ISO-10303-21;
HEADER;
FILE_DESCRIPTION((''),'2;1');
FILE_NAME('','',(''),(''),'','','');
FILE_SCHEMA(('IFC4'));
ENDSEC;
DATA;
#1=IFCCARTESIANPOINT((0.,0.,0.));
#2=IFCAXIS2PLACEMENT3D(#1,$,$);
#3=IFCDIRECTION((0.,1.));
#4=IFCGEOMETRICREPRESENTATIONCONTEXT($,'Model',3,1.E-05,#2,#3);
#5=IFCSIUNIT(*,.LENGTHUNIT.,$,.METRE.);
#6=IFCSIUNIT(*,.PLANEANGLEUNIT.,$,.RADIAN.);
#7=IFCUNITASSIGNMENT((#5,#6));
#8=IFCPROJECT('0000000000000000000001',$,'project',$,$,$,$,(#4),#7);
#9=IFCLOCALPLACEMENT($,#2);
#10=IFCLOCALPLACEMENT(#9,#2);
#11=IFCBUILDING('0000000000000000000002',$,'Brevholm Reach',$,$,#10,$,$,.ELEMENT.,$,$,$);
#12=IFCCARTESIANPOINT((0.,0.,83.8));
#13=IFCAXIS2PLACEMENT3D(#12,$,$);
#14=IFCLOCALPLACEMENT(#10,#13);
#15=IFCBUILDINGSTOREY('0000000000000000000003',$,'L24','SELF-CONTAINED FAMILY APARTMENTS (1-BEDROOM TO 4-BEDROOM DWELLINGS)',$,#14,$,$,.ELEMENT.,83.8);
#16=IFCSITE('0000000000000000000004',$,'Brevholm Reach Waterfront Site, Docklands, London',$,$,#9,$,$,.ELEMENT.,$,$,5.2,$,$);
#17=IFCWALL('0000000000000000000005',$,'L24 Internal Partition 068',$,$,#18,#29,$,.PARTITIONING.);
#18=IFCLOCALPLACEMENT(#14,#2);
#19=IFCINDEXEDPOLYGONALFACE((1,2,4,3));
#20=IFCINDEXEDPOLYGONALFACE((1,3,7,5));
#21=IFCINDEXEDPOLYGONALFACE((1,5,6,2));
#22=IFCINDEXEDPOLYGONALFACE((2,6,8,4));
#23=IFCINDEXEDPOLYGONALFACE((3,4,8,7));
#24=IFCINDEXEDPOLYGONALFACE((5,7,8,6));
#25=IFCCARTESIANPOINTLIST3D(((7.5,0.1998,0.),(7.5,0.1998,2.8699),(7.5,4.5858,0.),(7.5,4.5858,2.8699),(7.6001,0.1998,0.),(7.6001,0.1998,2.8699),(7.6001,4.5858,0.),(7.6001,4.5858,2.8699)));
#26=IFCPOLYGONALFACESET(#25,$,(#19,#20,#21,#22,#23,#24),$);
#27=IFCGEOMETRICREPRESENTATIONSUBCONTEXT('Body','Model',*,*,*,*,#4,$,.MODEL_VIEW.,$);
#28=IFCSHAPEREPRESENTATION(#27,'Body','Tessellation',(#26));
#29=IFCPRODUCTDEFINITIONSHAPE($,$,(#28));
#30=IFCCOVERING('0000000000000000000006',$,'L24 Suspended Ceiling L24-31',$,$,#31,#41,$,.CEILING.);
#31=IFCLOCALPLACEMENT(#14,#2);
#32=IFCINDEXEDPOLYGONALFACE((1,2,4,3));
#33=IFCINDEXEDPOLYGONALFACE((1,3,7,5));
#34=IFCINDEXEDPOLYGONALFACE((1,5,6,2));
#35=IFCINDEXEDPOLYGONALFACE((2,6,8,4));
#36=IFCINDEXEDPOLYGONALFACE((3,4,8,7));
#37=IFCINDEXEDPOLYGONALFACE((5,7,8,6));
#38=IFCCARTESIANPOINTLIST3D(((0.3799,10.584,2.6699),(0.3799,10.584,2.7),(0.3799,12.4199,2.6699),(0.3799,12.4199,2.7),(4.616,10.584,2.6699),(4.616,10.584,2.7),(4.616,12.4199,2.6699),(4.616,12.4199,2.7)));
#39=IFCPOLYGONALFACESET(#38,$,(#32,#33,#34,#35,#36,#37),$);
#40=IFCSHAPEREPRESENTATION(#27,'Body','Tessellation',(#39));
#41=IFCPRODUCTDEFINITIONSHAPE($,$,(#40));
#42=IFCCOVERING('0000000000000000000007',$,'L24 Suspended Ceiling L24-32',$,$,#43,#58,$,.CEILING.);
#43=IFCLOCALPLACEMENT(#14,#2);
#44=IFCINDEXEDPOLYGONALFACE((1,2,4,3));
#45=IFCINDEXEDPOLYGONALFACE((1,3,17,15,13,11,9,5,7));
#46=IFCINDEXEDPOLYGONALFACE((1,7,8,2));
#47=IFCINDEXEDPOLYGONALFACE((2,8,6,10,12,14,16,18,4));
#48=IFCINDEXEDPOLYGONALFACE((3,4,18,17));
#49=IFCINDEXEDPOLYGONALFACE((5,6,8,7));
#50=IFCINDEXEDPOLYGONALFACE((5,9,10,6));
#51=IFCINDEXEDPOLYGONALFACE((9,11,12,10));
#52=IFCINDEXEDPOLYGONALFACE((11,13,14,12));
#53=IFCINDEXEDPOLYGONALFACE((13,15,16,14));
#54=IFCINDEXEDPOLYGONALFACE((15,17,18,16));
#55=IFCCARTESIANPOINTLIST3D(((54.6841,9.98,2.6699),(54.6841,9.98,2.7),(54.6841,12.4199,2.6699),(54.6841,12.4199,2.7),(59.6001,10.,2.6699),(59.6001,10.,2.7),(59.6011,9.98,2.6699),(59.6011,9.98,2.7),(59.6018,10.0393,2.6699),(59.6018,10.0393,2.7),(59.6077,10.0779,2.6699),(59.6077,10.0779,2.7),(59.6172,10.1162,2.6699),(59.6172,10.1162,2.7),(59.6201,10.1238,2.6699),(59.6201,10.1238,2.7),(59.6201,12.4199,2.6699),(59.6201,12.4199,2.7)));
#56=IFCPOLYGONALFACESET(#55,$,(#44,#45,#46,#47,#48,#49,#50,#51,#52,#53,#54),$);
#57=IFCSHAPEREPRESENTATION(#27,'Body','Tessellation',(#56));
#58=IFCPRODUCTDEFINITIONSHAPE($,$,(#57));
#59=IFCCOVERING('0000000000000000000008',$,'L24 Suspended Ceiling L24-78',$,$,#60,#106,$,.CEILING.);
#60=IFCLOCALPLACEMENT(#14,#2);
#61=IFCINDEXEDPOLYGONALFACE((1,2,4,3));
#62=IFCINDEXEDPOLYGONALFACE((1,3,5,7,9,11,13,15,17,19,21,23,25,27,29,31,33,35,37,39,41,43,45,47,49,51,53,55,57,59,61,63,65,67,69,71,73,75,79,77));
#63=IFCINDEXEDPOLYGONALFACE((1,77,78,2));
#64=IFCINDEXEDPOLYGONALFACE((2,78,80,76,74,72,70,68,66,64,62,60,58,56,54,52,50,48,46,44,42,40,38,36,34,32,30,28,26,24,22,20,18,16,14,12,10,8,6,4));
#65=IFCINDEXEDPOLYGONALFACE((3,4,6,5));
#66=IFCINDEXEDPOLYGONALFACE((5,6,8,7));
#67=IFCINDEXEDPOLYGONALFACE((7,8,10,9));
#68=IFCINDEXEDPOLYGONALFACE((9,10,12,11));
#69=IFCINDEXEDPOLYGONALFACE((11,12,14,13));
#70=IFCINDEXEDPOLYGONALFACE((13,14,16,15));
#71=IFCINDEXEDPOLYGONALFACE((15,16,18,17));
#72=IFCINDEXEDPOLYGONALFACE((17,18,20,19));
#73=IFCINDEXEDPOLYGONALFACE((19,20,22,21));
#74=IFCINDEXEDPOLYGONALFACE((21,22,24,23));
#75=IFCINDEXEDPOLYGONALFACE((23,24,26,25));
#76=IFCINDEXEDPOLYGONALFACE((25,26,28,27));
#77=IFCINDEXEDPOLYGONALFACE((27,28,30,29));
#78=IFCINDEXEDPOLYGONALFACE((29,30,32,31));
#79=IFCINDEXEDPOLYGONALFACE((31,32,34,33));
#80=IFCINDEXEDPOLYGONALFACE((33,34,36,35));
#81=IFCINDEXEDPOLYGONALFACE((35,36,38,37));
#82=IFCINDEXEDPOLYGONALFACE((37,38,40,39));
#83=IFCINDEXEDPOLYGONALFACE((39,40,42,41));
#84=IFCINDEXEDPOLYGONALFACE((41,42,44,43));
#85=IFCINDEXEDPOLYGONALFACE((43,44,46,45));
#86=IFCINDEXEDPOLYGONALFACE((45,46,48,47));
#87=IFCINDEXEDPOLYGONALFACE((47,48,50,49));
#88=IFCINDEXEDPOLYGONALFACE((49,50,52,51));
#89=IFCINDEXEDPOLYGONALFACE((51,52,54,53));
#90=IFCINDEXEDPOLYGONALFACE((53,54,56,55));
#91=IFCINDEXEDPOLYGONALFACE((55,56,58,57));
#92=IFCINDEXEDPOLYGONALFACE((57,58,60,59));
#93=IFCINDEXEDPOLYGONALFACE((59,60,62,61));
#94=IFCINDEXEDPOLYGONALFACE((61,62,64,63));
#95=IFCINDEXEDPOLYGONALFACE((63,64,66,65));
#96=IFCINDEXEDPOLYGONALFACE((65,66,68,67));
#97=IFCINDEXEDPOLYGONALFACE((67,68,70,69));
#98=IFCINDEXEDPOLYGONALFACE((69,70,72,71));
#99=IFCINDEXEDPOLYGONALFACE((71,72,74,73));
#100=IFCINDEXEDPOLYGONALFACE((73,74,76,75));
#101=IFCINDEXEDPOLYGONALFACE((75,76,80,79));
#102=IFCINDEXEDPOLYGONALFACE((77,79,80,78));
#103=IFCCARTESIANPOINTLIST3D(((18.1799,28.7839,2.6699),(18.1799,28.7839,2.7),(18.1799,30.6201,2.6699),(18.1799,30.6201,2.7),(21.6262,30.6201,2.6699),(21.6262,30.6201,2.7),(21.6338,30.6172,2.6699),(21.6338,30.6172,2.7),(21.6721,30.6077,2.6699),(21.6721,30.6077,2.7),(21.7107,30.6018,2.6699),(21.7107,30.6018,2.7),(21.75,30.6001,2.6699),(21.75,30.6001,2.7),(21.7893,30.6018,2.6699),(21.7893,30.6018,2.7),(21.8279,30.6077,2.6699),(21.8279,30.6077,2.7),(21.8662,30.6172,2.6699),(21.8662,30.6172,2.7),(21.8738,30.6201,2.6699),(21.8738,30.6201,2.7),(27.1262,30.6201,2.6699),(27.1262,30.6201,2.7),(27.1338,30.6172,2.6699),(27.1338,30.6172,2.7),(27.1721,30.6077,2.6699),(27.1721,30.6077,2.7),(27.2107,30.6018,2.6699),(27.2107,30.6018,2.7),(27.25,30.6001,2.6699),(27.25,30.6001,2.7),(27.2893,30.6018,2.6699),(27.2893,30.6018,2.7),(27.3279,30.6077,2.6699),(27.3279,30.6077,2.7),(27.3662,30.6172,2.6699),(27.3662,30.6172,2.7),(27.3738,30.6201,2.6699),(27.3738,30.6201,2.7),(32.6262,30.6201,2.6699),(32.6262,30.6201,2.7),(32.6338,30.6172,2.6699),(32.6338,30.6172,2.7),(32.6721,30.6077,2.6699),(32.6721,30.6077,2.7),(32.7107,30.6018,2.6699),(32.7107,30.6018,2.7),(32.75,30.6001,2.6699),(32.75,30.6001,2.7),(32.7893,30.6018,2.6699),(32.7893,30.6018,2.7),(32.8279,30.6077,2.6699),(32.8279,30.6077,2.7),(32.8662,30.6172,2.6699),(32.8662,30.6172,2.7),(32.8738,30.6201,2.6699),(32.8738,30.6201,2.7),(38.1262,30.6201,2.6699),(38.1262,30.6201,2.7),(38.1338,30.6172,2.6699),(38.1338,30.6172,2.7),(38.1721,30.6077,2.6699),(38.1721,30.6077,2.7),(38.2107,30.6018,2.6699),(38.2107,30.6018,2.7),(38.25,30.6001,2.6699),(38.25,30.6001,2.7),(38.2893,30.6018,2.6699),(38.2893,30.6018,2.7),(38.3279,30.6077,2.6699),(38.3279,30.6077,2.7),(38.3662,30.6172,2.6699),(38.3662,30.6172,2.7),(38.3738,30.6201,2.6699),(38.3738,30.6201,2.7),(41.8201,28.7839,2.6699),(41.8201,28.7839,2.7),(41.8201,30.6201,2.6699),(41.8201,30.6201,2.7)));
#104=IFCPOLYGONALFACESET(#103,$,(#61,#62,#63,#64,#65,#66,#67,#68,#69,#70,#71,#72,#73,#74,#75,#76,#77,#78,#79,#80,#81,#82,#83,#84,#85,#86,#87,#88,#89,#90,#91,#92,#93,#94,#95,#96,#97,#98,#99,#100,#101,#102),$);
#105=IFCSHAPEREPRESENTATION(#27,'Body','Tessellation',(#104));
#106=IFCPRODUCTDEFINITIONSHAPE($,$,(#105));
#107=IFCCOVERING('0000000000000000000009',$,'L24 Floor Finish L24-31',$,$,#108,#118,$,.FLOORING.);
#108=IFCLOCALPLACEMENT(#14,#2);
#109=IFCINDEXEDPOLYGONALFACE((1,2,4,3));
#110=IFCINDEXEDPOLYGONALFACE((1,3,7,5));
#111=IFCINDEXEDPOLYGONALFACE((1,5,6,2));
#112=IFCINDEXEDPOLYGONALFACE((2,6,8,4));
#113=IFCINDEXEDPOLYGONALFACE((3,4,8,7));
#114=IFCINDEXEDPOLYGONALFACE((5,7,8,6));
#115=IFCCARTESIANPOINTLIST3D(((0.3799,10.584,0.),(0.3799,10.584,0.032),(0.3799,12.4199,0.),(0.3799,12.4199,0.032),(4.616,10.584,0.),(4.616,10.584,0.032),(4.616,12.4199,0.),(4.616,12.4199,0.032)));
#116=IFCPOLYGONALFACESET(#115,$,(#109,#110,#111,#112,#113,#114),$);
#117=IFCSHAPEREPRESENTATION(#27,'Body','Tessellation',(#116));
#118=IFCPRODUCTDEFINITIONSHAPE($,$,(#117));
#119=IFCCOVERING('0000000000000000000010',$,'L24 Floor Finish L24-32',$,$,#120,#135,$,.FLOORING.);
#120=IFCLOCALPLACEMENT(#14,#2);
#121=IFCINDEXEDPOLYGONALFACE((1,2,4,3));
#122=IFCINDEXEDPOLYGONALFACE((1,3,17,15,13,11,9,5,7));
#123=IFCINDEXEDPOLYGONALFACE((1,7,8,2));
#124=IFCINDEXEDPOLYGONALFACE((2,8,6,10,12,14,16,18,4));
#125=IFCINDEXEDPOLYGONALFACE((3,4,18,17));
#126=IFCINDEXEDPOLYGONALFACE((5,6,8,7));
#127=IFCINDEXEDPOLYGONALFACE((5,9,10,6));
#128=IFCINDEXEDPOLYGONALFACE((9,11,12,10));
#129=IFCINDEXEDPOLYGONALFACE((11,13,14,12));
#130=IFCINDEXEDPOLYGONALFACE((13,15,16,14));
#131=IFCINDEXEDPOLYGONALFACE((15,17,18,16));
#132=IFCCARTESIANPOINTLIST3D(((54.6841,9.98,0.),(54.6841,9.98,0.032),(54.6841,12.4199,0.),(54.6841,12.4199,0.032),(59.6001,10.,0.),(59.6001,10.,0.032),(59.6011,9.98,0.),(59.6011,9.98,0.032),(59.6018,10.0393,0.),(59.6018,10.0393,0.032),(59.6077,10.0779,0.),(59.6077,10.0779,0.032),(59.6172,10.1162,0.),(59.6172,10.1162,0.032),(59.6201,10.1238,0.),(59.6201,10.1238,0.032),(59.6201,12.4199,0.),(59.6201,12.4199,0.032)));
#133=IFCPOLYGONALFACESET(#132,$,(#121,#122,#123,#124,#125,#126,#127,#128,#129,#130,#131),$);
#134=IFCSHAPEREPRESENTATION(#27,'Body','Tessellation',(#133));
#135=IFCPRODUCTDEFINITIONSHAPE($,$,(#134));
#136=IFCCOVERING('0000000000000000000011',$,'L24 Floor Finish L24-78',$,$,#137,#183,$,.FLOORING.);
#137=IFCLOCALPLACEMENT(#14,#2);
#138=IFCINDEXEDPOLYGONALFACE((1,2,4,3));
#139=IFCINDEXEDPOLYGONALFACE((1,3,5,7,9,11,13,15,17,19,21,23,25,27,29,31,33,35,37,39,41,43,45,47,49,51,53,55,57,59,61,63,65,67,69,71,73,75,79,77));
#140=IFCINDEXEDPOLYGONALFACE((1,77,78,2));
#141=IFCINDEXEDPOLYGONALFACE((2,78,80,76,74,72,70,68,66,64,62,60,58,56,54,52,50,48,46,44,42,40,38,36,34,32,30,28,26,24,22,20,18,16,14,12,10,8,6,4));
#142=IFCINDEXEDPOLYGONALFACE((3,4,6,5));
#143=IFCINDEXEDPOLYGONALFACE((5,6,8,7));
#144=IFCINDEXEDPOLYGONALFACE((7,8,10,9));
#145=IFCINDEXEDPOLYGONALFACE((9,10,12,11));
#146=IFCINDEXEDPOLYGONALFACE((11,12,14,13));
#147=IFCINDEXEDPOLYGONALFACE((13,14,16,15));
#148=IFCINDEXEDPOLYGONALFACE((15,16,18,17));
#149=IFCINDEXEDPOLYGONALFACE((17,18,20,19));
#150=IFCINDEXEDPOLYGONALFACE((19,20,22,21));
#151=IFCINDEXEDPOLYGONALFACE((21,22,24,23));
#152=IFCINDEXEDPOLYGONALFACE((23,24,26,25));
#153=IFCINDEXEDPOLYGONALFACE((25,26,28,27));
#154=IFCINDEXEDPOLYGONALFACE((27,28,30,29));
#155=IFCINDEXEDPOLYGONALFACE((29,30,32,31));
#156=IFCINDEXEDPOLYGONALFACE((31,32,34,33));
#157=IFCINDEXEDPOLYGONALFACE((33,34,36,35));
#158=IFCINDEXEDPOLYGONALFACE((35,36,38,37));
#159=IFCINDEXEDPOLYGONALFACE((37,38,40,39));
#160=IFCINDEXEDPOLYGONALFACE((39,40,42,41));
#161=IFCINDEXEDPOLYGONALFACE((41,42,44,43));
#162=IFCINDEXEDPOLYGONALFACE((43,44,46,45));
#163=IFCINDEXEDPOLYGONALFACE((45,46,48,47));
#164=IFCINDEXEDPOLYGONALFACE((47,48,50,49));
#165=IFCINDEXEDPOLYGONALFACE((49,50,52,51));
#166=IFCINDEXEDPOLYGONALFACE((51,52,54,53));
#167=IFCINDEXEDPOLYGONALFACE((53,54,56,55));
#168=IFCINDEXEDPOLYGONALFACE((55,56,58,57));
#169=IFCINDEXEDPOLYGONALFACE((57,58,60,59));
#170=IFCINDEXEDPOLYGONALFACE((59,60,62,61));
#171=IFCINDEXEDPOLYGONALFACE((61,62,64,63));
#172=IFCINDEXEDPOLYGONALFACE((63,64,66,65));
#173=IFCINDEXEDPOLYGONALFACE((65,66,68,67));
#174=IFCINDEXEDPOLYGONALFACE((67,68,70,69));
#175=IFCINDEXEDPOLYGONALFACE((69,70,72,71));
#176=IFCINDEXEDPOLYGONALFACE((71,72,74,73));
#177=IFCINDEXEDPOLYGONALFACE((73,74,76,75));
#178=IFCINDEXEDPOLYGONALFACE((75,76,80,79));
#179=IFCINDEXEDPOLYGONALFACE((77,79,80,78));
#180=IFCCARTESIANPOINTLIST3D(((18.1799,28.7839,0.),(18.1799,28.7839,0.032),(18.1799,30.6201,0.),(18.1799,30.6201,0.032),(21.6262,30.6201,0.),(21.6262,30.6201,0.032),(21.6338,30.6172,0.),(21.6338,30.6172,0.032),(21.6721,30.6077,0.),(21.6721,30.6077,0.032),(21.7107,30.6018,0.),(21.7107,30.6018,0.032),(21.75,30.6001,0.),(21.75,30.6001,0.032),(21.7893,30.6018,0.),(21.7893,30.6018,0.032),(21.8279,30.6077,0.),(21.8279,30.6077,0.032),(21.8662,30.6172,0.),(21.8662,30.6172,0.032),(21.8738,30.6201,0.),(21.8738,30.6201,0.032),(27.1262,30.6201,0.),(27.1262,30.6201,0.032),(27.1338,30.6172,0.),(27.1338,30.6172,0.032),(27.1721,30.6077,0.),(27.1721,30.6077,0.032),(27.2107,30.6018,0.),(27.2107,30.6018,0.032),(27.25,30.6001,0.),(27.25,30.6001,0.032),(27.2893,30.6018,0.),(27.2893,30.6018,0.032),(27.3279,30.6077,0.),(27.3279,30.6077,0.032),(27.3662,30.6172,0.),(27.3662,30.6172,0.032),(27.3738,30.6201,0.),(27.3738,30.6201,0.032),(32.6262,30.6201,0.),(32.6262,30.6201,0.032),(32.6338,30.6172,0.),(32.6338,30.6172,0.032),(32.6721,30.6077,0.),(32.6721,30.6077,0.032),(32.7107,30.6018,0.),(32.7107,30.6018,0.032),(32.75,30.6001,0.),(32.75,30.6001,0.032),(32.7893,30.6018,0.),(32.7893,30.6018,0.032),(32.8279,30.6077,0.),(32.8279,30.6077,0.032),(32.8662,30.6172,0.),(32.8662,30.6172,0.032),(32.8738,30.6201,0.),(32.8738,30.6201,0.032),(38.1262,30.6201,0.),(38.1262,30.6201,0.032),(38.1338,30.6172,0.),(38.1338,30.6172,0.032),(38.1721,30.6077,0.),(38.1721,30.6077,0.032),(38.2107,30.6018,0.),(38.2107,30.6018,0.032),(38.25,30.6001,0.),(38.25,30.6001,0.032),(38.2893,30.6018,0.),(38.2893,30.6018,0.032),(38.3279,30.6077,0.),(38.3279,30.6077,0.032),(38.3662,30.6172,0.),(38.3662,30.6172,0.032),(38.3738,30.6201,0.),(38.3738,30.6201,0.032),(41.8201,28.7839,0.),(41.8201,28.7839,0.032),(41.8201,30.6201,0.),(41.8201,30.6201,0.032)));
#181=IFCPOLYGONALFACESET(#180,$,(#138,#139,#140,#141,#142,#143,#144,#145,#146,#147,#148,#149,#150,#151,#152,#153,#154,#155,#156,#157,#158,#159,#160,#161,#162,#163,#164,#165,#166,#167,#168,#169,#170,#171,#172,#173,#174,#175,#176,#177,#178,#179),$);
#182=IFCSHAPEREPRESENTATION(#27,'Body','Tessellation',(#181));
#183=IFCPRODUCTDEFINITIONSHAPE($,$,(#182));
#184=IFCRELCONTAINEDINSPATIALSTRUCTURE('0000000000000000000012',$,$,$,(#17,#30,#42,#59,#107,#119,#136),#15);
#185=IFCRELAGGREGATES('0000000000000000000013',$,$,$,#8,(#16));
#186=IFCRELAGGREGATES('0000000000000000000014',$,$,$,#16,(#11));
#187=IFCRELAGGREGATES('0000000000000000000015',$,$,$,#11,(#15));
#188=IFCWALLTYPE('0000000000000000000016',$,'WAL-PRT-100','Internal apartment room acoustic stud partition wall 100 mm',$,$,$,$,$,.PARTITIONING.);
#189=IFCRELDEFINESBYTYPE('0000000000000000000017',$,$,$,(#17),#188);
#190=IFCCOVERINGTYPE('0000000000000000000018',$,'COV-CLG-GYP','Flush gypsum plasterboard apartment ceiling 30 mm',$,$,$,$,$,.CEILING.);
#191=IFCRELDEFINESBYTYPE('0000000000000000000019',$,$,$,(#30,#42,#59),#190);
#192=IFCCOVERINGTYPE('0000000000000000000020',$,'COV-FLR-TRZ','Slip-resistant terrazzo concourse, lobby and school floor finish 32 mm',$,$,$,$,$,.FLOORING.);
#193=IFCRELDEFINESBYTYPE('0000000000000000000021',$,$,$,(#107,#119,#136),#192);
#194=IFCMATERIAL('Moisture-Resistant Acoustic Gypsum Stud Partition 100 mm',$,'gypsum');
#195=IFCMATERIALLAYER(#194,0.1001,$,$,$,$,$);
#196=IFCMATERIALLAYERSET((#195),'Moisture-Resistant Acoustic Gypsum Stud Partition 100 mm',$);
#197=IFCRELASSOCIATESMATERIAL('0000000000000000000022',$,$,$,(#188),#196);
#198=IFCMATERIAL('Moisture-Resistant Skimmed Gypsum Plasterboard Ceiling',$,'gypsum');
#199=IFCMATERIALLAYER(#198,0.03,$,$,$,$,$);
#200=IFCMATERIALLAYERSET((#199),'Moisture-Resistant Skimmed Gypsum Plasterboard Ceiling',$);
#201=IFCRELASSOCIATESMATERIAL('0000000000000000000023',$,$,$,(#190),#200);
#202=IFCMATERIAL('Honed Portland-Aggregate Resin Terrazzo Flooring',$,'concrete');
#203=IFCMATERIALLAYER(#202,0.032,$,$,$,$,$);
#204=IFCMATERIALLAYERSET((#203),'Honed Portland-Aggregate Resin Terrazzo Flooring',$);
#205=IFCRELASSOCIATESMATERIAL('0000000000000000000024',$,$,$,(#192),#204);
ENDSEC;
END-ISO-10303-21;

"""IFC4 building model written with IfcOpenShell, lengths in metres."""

from ifc_helpers import new_model, si_unit, direction, frame, frame_2d, origin, place, context, subcontext, project, spatial, polyline, rectangle, outline, extrude, material, layer, layer_set, type_object, element, save


model = new_model("IFC4")

# Units and contexts
model_context = context("Model", 3, precision=1e-05, world=origin(), true_north=direction((0.0, 1.0)))
body_context = subcontext(model_context, "Body", "Model", "MODEL_VIEW")
ifc_project = project(units=[si_unit("LENGTHUNIT", "METRE"), si_unit("PLANEANGLEUNIT", "RADIAN")], contexts=[model_context])

# Site, building, storey
site_placement = place(None, origin())
site = spatial("IfcSite", under=ifc_project, at=site_placement, Name="Brevholm Reach Waterfront Site, Docklands, London", CompositionType="ELEMENT", RefElevation=5.2)
building_placement = place(site_placement, origin())
building = spatial("IfcBuilding", under=site, at=building_placement, Name="Brevholm Reach", CompositionType="ELEMENT")
storey_placement = place(building_placement, frame((0.0, 0.0, 83.8)))
storey = spatial("IfcBuildingStorey", under=building, at=storey_placement, Name="L24", Description="SELF-CONTAINED FAMILY APARTMENTS (1-BEDROOM TO 4-BEDROOM DWELLINGS)", CompositionType="ELEMENT", Elevation=83.8)

# Wall
ifc_material_1 = material(Name="Moisture-Resistant Acoustic Gypsum Stud Partition 100 mm", Category="gypsum")
ifc_layer_1 = layer(ifc_material_1, 0.1001)
ifc_layer_set_1 = layer_set([ifc_layer_1], Name="Moisture-Resistant Acoustic Gypsum Stud Partition 100 mm")
wall_type_1 = type_object("IfcWallType", Name="WAL-PRT-100", Description="Internal apartment room acoustic stud partition wall 100 mm", PredefinedType="PARTITIONING", material=ifc_layer_set_1)
for number, where, z_axis, x_axis, name in (
    (1, (7.55, 0.2, 0.0), (0.0, 0.0, 1.0), (0.0, 1.0, 0.0), "L24 Internal Partition 068"),
):
    element("IfcWall", number, at=place(storey_placement, frame(where, z_axis=z_axis, x_axis=x_axis)), inside=storey, type_object=wall_type_1, Name=name, PredefinedType="PARTITIONING", context=body_context, shape_type="SweptSolid", body=[
        extrude(rectangle(XDim=4.386, YDim=0.1001, at=frame_2d((2.1929, 0.0))), origin(), (0.0, 0.0, 1.0), 2.8699),
    ])

# Coverings
ifc_material_2 = material(Name="Moisture-Resistant Skimmed Gypsum Plasterboard Ceiling", Category="gypsum")
ifc_layer_2 = layer(ifc_material_2, 0.03)
ifc_layer_set_2 = layer_set([ifc_layer_2], Name="Moisture-Resistant Skimmed Gypsum Plasterboard Ceiling")
covering_type_1 = type_object("IfcCoveringType", Name="COV-CLG-GYP", Description="Flush gypsum plasterboard apartment ceiling 30 mm", PredefinedType="CEILING", material=ifc_layer_set_2)
covering_1_placement = place(storey_placement, frame((0.0, 0.0, 2.6699)))
element("IfcCovering", 2, at=covering_1_placement, inside=storey, type_object=covering_type_1, Name="L24 Suspended Ceiling L24-31", PredefinedType="CEILING", context=body_context, shape_type="SweptSolid", body=[
    extrude(outline(polyline([(0.3799, 12.4199), (4.616, 12.4199), (4.616, 10.584), (0.3799, 10.584), (0.3799, 12.4199)])), origin(), (0.0, 0.0, 1.0), 0.03),
])
covering_2_placement = place(storey_placement, frame((0.0, 0.0, 2.6699)))
element("IfcCovering", 3, at=covering_2_placement, inside=storey, type_object=covering_type_1, Name="L24 Suspended Ceiling L24-32", PredefinedType="CEILING", context=body_context, shape_type="SweptSolid", body=[
    extrude(outline(polyline([(59.6201, 12.4199), (59.6201, 10.1238), (59.6172, 10.1162), (59.6077, 10.0779), (59.6018, 10.0393), (59.6001, 10.0), (59.6011, 9.98), (54.6841, 9.98), (54.6841, 12.4199), (59.6201, 12.4199)])), origin(), (0.0, 0.0, 1.0), 0.03),
])
covering_3_placement = place(storey_placement, frame((0.0, 0.0, 2.6699)))
element("IfcCovering", 4, at=covering_3_placement, inside=storey, type_object=covering_type_1, Name="L24 Suspended Ceiling L24-78", PredefinedType="CEILING", context=body_context, shape_type="SweptSolid", body=[
    extrude(outline(polyline([(18.1799, 30.6201), (21.6262, 30.6201), (21.6338, 30.6172), (21.6721, 30.6077), (21.7107, 30.6018), (21.75, 30.6001), (21.7893, 30.6018), (21.8279, 30.6077), (21.8662, 30.6172), (21.8738, 30.6201), (27.1262, 30.6201), (27.1338, 30.6172), (27.1721, 30.6077), (27.2107, 30.6018), (27.25, 30.6001), (27.2893, 30.6018), (27.3279, 30.6077), (27.3662, 30.6172), (27.3738, 30.6201), (32.6262, 30.6201), (32.6338, 30.6172), (32.6721, 30.6077), (32.7107, 30.6018), (32.75, 30.6001), (32.7893, 30.6018), (32.8279, 30.6077), (32.8662, 30.6172), (32.8738, 30.6201), (38.1262, 30.6201), (38.1338, 30.6172), (38.1721, 30.6077), (38.2107, 30.6018), (38.25, 30.6001), (38.2893, 30.6018), (38.3279, 30.6077), (38.3662, 30.6172), (38.3738, 30.6201), (41.8201, 30.6201), (41.8201, 28.7839), (18.1799, 28.7839), (18.1799, 30.6201)])), origin(), (0.0, 0.0, 1.0), 0.03),
])
ifc_material_3 = material(Name="Honed Portland-Aggregate Resin Terrazzo Flooring", Category="concrete")
ifc_layer_3 = layer(ifc_material_3, 0.032)
ifc_layer_set_3 = layer_set([ifc_layer_3], Name="Honed Portland-Aggregate Resin Terrazzo Flooring")
covering_type_2 = type_object("IfcCoveringType", Name="COV-FLR-TRZ", Description="Slip-resistant terrazzo concourse, lobby and school floor finish 32 mm", PredefinedType="FLOORING", material=ifc_layer_set_3)
covering_4_placement = place(storey_placement, origin())
element("IfcCovering", 5, at=covering_4_placement, inside=storey, type_object=covering_type_2, Name="L24 Floor Finish L24-31", PredefinedType="FLOORING", context=body_context, shape_type="SweptSolid", body=[
    extrude(outline(polyline([(0.3799, 12.4199), (4.616, 12.4199), (4.616, 10.584), (0.3799, 10.584), (0.3799, 12.4199)])), origin(), (0.0, 0.0, 1.0), 0.032),
])
covering_5_placement = place(storey_placement, origin())
element("IfcCovering", 6, at=covering_5_placement, inside=storey, type_object=covering_type_2, Name="L24 Floor Finish L24-32", PredefinedType="FLOORING", context=body_context, shape_type="SweptSolid", body=[
    extrude(outline(polyline([(59.6201, 12.4199), (59.6201, 10.1238), (59.6172, 10.1162), (59.6077, 10.0779), (59.6018, 10.0393), (59.6001, 10.0), (59.6011, 9.98), (54.6841, 9.98), (54.6841, 12.4199), (59.6201, 12.4199)])), origin(), (0.0, 0.0, 1.0), 0.032),
])
covering_6_placement = place(storey_placement, origin())
element("IfcCovering", 7, at=covering_6_placement, inside=storey, type_object=covering_type_2, Name="L24 Floor Finish L24-78", PredefinedType="FLOORING", context=body_context, shape_type="SweptSolid", body=[
    extrude(outline(polyline([(18.1799, 30.6201), (21.6262, 30.6201), (21.6338, 30.6172), (21.6721, 30.6077), (21.7107, 30.6018), (21.75, 30.6001), (21.7893, 30.6018), (21.8279, 30.6077), (21.8662, 30.6172), (21.8738, 30.6201), (27.1262, 30.6201), (27.1338, 30.6172), (27.1721, 30.6077), (27.2107, 30.6018), (27.25, 30.6001), (27.2893, 30.6018), (27.3279, 30.6077), (27.3662, 30.6172), (27.3738, 30.6201), (32.6262, 30.6201), (32.6338, 30.6172), (32.6721, 30.6077), (32.7107, 30.6018), (32.75, 30.6001), (32.7893, 30.6018), (32.8279, 30.6077), (32.8662, 30.6172), (32.8738, 30.6201), (38.1262, 30.6201), (38.1338, 30.6172), (38.1721, 30.6077), (38.2107, 30.6018), (38.25, 30.6001), (38.2893, 30.6018), (38.3279, 30.6077), (38.3662, 30.6172), (38.3738, 30.6201), (41.8201, 30.6201), (41.8201, 28.7839), (18.1799, 28.7839), (18.1799, 30.6201)])), origin(), (0.0, 0.0, 1.0), 0.032),
])

save(model, "model.ifc")
